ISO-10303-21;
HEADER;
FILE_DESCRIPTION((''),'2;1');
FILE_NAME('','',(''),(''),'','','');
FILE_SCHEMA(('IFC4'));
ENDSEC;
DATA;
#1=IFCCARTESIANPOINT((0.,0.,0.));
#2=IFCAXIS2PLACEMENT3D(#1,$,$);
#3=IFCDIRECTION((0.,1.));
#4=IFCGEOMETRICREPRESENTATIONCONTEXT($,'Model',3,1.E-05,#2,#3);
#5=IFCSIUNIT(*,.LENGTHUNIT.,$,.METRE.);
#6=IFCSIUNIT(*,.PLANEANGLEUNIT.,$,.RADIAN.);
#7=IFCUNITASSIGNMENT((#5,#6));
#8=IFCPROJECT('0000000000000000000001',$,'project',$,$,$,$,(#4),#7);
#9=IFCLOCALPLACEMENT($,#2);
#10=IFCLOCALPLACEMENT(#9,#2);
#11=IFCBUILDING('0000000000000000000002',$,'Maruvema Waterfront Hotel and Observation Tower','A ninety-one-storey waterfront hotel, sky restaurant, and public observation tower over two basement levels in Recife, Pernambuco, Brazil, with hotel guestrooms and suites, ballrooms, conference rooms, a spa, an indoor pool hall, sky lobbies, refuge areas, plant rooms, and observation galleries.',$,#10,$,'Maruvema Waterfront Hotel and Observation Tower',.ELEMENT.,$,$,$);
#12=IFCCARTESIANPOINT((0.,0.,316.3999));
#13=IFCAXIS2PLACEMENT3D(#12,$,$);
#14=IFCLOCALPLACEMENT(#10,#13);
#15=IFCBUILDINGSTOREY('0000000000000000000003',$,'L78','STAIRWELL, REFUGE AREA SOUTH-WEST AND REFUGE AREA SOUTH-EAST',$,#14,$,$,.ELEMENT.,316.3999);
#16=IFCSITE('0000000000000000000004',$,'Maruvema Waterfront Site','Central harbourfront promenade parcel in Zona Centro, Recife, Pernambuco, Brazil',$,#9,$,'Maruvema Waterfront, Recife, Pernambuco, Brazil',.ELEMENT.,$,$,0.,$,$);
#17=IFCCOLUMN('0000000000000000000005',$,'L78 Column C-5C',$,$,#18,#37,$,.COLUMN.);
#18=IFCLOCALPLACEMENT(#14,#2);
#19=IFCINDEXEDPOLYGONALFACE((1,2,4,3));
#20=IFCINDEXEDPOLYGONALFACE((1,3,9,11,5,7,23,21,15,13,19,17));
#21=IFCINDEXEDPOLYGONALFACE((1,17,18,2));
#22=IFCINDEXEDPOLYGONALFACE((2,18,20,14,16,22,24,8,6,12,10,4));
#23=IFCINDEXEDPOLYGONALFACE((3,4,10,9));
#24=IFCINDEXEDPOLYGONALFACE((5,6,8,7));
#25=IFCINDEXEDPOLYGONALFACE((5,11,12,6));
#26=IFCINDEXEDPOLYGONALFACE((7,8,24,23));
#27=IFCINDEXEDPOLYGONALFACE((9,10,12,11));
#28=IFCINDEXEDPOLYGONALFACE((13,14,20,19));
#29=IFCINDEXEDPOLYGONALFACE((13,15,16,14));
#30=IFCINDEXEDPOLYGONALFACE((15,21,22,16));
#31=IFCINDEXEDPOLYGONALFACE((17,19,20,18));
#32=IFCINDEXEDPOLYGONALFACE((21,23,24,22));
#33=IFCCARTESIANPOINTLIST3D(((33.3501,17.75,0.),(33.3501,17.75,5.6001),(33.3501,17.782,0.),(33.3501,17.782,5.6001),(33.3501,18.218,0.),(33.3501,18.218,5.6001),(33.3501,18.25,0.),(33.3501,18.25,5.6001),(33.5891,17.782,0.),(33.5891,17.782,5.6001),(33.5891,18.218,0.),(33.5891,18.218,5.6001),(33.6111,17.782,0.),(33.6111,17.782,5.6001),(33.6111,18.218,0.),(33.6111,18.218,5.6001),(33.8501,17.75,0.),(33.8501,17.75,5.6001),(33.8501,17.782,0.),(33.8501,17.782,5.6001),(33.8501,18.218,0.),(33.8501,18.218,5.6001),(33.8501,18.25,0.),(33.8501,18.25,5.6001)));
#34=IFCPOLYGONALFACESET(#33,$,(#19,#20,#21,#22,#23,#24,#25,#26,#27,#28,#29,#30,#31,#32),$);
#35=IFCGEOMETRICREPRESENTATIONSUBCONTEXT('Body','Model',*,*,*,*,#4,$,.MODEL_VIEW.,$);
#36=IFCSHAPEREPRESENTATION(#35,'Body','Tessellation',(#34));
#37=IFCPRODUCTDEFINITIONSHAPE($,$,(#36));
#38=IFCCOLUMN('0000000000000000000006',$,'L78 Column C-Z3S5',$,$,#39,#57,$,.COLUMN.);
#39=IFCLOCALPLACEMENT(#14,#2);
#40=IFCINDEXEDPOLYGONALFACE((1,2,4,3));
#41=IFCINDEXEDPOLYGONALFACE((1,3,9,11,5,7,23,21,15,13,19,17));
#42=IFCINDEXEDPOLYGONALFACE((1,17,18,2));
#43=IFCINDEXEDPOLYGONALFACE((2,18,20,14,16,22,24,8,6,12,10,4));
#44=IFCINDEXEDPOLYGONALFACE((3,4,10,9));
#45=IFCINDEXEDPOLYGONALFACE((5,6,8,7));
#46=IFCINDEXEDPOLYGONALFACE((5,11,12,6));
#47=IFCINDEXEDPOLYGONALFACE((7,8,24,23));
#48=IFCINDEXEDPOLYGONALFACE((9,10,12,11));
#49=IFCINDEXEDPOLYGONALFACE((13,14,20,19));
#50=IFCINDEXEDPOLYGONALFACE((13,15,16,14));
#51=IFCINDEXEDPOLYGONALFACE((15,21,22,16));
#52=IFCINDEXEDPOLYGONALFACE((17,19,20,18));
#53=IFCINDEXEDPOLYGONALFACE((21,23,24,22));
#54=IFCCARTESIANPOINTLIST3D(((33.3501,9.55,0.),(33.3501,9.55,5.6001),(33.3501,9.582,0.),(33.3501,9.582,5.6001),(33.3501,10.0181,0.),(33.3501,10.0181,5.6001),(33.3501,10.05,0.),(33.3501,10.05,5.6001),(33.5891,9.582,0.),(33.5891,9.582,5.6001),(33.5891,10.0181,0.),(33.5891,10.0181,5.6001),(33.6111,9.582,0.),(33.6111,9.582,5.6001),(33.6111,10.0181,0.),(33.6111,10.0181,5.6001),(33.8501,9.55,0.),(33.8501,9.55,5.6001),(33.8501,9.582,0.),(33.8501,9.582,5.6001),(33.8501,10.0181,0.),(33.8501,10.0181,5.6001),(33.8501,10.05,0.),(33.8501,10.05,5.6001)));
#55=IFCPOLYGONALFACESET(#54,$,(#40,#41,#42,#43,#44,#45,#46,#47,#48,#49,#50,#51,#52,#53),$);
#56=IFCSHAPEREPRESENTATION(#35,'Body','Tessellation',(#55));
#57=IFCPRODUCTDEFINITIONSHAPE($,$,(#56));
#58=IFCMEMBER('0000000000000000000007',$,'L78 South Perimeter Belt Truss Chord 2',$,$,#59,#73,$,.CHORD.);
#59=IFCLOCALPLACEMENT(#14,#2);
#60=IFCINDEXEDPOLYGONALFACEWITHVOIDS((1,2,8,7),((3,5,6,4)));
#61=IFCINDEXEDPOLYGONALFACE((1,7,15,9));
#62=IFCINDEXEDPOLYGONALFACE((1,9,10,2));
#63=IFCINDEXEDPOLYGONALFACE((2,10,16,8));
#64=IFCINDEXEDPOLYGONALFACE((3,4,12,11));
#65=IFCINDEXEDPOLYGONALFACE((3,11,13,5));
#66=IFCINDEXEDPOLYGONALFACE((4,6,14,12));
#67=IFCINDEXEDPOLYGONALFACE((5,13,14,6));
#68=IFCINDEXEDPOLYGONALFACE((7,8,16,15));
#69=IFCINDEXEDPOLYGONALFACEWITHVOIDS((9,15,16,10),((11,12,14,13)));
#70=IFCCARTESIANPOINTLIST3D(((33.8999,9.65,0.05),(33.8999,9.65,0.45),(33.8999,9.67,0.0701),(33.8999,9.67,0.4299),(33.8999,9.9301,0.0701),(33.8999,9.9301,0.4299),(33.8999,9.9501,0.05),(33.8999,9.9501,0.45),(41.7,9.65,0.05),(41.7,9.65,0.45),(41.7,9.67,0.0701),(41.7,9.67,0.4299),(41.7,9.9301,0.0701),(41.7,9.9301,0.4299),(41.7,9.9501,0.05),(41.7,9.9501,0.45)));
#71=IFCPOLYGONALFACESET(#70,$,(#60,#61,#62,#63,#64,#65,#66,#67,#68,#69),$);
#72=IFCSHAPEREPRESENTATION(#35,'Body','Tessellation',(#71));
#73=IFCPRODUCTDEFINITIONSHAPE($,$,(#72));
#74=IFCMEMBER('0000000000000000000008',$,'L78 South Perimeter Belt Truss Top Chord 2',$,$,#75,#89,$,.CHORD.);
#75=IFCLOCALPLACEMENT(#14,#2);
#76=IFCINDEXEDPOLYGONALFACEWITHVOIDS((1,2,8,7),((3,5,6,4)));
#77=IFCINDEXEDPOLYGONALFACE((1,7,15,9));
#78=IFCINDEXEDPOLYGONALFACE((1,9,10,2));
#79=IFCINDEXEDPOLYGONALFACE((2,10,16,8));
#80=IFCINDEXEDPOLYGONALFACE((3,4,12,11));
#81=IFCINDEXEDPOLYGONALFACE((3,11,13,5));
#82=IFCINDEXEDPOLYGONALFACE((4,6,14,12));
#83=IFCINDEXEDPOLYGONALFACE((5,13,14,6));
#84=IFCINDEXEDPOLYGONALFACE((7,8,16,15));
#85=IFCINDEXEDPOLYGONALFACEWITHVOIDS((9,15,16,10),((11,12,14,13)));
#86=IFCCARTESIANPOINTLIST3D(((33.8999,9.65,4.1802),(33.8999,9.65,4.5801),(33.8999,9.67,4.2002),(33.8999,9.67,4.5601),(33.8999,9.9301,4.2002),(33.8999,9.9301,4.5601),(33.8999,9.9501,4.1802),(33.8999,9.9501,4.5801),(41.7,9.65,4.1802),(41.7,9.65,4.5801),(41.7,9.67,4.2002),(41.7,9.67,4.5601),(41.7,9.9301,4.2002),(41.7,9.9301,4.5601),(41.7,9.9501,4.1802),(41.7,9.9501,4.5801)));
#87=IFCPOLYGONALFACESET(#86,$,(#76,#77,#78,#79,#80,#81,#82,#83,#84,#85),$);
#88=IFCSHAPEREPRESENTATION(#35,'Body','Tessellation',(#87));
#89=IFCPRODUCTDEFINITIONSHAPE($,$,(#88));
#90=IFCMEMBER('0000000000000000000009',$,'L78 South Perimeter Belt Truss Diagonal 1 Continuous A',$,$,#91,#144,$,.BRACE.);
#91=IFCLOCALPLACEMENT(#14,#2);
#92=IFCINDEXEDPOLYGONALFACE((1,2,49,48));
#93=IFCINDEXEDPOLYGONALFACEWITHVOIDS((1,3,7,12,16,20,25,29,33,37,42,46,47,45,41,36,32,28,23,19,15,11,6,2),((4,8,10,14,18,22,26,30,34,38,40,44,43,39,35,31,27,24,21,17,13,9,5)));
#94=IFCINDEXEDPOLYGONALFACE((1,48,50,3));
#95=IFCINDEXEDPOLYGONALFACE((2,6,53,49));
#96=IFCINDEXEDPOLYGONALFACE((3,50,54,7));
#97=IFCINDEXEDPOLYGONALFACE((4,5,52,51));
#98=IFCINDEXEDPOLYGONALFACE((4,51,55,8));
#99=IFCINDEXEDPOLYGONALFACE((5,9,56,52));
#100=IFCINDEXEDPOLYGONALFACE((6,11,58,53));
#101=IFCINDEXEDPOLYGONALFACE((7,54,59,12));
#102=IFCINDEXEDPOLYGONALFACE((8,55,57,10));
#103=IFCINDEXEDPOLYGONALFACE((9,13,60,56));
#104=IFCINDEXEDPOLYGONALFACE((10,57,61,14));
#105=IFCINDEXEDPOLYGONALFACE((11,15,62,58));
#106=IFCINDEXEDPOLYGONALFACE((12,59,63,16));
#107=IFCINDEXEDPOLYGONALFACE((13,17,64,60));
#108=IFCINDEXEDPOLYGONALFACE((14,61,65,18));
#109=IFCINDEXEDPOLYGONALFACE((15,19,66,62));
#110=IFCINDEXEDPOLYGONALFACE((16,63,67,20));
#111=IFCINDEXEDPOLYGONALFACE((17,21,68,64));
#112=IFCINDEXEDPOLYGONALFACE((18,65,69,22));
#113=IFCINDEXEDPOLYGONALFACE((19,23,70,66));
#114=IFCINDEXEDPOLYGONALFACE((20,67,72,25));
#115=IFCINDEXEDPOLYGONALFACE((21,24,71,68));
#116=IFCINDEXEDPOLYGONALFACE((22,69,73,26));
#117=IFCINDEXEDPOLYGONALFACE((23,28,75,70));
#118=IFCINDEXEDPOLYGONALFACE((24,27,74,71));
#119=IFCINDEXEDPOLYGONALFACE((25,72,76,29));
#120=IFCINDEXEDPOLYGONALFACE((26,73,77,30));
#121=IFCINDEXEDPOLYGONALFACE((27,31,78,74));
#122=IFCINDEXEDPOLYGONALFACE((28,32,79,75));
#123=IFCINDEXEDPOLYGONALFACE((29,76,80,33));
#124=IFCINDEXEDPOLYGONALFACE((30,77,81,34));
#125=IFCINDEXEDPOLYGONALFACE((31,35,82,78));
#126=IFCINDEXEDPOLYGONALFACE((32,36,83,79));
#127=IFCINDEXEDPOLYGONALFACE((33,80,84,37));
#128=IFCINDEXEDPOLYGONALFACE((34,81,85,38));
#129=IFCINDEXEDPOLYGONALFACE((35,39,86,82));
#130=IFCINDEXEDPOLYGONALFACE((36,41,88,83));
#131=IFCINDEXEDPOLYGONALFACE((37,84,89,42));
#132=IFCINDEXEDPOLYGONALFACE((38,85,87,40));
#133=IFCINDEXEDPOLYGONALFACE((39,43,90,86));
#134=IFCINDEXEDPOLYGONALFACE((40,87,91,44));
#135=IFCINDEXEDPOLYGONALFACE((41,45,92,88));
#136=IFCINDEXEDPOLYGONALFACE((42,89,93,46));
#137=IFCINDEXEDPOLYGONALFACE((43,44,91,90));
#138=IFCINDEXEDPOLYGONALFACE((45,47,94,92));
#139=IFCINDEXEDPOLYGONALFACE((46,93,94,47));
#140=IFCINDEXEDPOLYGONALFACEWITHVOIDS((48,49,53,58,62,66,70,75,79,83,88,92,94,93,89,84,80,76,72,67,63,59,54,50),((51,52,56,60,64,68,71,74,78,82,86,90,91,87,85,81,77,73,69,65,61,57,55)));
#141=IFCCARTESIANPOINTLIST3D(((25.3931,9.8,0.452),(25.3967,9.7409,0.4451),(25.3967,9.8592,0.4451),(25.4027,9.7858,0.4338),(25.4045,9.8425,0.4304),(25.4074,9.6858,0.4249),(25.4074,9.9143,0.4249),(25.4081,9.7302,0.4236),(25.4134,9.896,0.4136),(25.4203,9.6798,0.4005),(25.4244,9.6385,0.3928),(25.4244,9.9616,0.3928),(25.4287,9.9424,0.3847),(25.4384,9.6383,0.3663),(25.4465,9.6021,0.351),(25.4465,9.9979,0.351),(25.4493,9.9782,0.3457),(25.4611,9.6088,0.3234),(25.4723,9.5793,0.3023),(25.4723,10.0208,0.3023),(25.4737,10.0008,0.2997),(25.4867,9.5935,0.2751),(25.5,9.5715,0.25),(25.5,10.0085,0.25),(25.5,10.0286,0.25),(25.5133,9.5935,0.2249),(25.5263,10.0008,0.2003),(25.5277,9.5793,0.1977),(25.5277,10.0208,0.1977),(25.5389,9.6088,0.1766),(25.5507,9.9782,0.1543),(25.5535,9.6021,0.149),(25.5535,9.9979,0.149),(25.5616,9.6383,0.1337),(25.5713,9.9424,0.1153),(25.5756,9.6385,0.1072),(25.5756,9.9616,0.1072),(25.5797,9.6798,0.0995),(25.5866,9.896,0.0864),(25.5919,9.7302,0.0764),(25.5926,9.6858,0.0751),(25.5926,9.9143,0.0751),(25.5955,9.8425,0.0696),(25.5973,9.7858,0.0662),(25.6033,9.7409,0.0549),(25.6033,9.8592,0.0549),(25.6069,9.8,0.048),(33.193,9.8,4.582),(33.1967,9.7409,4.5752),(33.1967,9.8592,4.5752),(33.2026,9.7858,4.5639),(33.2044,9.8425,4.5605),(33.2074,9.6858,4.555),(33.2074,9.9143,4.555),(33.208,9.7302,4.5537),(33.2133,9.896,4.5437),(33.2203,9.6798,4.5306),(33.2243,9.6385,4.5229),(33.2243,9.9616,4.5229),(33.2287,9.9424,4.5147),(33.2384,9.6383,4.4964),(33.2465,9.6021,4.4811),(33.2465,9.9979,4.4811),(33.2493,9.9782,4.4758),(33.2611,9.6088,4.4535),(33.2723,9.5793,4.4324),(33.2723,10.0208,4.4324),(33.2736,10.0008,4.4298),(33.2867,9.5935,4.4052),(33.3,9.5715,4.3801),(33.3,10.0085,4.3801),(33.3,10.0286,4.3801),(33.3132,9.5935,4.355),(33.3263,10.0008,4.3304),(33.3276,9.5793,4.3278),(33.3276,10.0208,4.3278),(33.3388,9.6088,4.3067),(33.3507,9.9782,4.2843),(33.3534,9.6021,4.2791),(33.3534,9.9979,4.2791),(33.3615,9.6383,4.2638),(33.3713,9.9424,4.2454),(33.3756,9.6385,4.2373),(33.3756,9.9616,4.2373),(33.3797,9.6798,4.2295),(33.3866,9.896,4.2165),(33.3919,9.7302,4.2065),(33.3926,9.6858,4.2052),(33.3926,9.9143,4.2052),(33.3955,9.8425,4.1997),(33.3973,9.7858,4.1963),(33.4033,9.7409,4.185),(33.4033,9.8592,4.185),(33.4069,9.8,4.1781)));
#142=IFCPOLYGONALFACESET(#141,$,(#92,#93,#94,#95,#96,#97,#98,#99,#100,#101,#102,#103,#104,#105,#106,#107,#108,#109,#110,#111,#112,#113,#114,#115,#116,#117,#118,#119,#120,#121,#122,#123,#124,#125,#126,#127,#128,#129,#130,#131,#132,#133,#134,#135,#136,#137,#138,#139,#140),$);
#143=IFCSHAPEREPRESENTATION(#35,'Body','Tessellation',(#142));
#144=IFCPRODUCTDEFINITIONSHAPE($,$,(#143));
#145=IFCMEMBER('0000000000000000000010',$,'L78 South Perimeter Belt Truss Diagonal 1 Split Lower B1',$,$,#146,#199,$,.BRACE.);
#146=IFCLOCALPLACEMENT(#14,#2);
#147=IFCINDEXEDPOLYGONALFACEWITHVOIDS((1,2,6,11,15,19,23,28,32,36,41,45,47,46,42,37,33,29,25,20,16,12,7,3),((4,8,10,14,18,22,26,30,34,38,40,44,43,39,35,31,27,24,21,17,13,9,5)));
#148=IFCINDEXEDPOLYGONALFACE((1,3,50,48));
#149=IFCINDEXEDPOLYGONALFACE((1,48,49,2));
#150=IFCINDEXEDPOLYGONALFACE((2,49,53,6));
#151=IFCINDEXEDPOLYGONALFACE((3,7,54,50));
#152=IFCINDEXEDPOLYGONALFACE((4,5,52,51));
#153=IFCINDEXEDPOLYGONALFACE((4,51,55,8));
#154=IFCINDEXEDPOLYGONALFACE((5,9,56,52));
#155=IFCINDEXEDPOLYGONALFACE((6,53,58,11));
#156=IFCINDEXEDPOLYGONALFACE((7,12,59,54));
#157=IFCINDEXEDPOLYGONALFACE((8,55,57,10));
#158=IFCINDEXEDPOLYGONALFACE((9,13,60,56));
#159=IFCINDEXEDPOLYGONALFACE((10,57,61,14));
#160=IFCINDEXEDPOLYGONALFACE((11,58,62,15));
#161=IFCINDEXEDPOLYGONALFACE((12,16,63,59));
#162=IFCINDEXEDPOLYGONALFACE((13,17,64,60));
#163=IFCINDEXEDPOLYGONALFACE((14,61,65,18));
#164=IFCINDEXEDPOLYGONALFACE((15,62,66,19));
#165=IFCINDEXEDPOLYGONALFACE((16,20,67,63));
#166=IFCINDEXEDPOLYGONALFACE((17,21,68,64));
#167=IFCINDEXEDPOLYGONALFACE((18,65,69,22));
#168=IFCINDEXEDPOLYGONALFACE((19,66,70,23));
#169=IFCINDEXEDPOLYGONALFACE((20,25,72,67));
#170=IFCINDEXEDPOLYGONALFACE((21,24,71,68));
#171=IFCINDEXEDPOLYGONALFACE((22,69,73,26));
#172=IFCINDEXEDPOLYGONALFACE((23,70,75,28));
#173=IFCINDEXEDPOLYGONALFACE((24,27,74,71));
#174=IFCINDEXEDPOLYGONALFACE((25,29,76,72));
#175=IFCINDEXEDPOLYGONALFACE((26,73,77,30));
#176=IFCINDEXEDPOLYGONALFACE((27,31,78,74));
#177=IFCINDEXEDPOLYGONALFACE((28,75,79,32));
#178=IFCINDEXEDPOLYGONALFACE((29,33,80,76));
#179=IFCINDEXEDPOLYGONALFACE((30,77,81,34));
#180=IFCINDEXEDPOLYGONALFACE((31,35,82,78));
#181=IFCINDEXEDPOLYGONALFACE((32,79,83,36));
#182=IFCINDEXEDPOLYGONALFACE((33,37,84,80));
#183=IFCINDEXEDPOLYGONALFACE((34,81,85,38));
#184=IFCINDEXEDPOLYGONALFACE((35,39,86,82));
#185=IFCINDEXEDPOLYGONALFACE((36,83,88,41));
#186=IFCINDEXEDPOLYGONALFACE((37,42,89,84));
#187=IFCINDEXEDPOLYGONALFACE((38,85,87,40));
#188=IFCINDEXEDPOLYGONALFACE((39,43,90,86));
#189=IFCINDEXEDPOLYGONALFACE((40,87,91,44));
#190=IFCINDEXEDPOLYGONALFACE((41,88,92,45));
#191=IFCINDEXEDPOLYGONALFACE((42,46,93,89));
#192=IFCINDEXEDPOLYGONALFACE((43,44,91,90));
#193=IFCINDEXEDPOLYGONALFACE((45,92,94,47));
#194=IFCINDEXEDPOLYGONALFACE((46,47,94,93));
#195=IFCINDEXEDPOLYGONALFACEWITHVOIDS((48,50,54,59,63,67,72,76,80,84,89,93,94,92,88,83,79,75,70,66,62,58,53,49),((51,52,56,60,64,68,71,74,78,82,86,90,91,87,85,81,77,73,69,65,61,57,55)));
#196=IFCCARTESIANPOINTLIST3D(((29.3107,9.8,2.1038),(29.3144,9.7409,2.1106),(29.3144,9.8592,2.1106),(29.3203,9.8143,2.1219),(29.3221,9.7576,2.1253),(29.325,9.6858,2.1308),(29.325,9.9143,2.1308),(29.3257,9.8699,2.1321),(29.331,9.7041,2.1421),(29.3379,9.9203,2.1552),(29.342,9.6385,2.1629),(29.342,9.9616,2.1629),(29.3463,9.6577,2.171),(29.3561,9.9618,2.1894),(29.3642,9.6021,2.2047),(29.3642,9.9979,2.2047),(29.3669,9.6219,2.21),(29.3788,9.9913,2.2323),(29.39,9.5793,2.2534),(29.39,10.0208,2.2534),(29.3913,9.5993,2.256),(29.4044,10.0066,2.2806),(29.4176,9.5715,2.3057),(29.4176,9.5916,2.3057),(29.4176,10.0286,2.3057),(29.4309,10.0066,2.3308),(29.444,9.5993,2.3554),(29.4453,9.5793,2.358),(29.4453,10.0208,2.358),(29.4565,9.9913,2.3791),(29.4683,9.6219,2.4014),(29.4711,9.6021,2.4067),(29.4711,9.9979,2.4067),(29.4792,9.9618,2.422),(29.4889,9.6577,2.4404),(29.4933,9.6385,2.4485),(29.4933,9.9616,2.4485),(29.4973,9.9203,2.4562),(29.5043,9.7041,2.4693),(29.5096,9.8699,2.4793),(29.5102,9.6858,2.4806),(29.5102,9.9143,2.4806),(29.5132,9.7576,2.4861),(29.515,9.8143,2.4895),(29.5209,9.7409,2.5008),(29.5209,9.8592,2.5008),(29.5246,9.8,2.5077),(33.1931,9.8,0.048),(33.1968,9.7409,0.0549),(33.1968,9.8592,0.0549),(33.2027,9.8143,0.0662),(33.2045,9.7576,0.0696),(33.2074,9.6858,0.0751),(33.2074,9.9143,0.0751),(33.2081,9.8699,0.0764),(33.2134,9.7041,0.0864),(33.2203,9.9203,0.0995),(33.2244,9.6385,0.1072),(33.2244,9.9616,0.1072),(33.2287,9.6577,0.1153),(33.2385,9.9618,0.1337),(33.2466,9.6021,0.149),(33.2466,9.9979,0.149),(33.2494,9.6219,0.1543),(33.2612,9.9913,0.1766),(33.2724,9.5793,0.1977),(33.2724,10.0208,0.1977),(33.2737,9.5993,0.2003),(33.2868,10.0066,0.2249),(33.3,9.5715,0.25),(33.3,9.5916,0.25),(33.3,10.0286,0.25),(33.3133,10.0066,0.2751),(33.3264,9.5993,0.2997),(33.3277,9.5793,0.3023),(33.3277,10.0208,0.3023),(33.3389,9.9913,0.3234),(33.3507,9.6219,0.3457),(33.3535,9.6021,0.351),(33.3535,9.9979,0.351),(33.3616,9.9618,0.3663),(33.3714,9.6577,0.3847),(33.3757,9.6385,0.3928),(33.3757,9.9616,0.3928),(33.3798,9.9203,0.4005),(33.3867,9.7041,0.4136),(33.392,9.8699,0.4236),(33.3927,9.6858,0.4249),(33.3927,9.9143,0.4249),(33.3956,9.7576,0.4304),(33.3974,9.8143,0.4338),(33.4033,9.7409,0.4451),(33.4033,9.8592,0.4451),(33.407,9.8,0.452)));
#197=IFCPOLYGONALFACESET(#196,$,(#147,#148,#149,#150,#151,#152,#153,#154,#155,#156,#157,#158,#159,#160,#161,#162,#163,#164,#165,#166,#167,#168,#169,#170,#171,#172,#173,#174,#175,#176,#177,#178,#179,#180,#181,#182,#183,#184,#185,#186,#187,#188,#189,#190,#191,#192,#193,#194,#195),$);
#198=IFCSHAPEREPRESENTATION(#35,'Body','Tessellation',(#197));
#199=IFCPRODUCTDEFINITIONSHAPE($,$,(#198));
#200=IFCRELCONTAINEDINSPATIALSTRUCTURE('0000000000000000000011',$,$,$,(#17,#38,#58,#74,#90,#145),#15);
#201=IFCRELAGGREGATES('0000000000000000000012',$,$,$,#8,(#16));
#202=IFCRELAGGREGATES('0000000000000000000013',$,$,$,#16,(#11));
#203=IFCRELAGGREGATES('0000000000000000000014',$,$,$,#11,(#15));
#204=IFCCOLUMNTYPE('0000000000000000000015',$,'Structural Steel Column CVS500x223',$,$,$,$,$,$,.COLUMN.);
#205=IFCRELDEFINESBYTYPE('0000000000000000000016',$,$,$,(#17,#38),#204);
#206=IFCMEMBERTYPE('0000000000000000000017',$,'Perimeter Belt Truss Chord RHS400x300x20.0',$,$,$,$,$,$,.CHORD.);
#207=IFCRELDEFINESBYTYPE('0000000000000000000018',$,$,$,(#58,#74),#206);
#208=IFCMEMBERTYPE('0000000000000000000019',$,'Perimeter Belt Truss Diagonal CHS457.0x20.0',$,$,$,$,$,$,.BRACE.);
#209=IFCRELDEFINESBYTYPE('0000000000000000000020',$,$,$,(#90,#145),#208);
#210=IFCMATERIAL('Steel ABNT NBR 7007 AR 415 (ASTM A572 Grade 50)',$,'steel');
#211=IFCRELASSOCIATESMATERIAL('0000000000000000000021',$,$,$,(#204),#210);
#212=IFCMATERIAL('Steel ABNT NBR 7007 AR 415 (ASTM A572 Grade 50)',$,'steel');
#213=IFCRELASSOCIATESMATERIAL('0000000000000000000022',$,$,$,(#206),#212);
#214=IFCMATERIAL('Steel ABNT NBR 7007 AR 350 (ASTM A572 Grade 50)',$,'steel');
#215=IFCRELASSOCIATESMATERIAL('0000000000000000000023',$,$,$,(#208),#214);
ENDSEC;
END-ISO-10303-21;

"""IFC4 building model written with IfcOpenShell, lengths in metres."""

from ifc_helpers import new_model, si_unit, direction, frame, origin, origin_2d, place, context, subcontext, project, spatial, hollow_rectangle, hollow_circle, i_section, extrude, material, material_profile, profile_set, type_object, element, save


model = new_model("IFC4")

# Units and contexts
model_context = context("Model", 3, precision=1e-05, world=origin(), true_north=direction((0.0, 1.0)))
body_context = subcontext(model_context, "Body", "Model", "MODEL_VIEW")
ifc_project = project(units=[si_unit("LENGTHUNIT", "METRE"), si_unit("PLANEANGLEUNIT", "RADIAN")], contexts=[model_context])

# Site, building, storey
site_placement = place(None, origin())
site = spatial("IfcSite", under=ifc_project, at=site_placement, Name="Maruvema Waterfront Site", Description="Central harbourfront promenade parcel in Zona Centro, Recife, Pernambuco, Brazil", LongName="Maruvema Waterfront, Recife, Pernambuco, Brazil", CompositionType="ELEMENT", RefElevation=0.0)
building_placement = place(site_placement, origin())
building = spatial("IfcBuilding", under=site, at=building_placement, Name="Maruvema Waterfront Hotel and Observation Tower", Description="A ninety-one-storey waterfront hotel, sky restaurant, and public observation tower over two basement levels in Recife, Pernambuco, Brazil, with hotel guestrooms and suites, ballrooms, conference rooms, a spa, an indoor pool hall, sky lobbies, refuge areas, plant rooms, and observation galleries.", LongName="Maruvema Waterfront Hotel and Observation Tower", CompositionType="ELEMENT")
storey_placement = place(building_placement, frame((0.0, 0.0, 316.3999)))
storey = spatial("IfcBuildingStorey", under=building, at=storey_placement, Name="L78", Description="STAIRWELL, REFUGE AREA SOUTH-WEST AND REFUGE AREA SOUTH-EAST", CompositionType="ELEMENT", Elevation=316.3999)

# Columns
ifc_material_1 = material(Name="Steel ABNT NBR 7007 AR 415 (ASTM A572 Grade 50)", Category="steel")
ifc_material_profile_1 = material_profile(ifc_material_1, i_section(OverallWidth=0.5, OverallDepth=0.5, WebThickness=0.022, FlangeThickness=0.032, at=origin_2d()), Name="CVS500x223")
ifc_profile_set_1 = profile_set([ifc_material_profile_1], Name="Steel ABNT NBR 7007 AR 415 (ASTM A572 Grade 50)")
column_type = type_object("IfcColumnType", Name="Structural Steel Column CVS500x223", PredefinedType="COLUMN", material=ifc_profile_set_1)
for number, where, z_axis, x_axis, name in (
    (1, (33.6001, 18.0, 0.0), (0.0, 0.0, 1.0), (1.0, 0.0, 0.0), "L78 Column C-5C"),
    (2, (33.6001, 9.8, 0.0), (0.0, 0.0, 1.0), (1.0, 0.0, 0.0), "L78 Column C-Z3S5"),
):
    element("IfcColumn", number, at=place(storey_placement, frame(where, z_axis=z_axis, x_axis=x_axis)), inside=storey, type_object=column_type, Name=name, PredefinedType="COLUMN", context=body_context, shape_type="SweptSolid", body=[
        extrude(i_section(OverallWidth=0.5, OverallDepth=0.5, WebThickness=0.022, FlangeThickness=0.032, at=origin_2d()), origin(), (0.0, 0.0, 1.0), 5.6001),
    ])

# Members
ifc_material_2 = material(Name="Steel ABNT NBR 7007 AR 415 (ASTM A572 Grade 50)", Category="steel")
ifc_material_profile_2 = material_profile(ifc_material_2, hollow_rectangle(XDim=0.3, YDim=0.3999, WallThickness=0.02, at=origin_2d()), Name="RHS400x300x20.0")
ifc_profile_set_2 = profile_set([ifc_material_profile_2], Name="Steel ABNT NBR 7007 AR 415 (ASTM A572 Grade 50)")
member_type_1 = type_object("IfcMemberType", Name="Perimeter Belt Truss Chord RHS400x300x20.0", PredefinedType="CHORD", material=ifc_profile_set_2)
for number, where, z_axis, x_axis, name in (
    (3, (33.8999, 9.8, 0.25), (1.0, 0.0, 0.0), (0.0, 1.0, 0.0), "L78 South Perimeter Belt Truss Chord 2"),
    (4, (33.8999, 9.8, 4.3801), (1.0, 0.0, 0.0), (0.0, 1.0, 0.0), "L78 South Perimeter Belt Truss Top Chord 2"),
):
    element("IfcMember", number, at=place(storey_placement, frame(where, z_axis=z_axis, x_axis=x_axis)), inside=storey, type_object=member_type_1, Name=name, PredefinedType="CHORD", context=body_context, shape_type="SweptSolid", body=[
        extrude(hollow_rectangle(XDim=0.3, YDim=0.3999, WallThickness=0.02, at=origin_2d()), origin(), (0.0, 0.0, 1.0), 7.8),
    ])
ifc_material_3 = material(Name="Steel ABNT NBR 7007 AR 350 (ASTM A572 Grade 50)", Category="steel")
ifc_material_profile_3 = material_profile(ifc_material_3, hollow_circle(Radius=0.2285, WallThickness=0.02, at=origin_2d()), Name="CHS457.0x20.0")
ifc_profile_set_3 = profile_set([ifc_material_profile_3], Name="Steel ABNT NBR 7007 AR 350 (ASTM A572 Grade 50)")
member_type_2 = type_object("IfcMemberType", Name="Perimeter Belt Truss Diagonal CHS457.0x20.0", PredefinedType="BRACE", material=ifc_profile_set_3)
member_1_placement = place(storey_placement, frame((25.5, 9.8, 0.25), z_axis=(0.883756, 0.0, 0.467949), x_axis=(0.0, 1.0, 0.0)))
element("IfcMember", 5, at=member_1_placement, inside=storey, type_object=member_type_2, Name="L78 South Perimeter Belt Truss Diagonal 1 Continuous A", PredefinedType="BRACE", context=body_context, shape_type="SweptSolid", body=[
    extrude(hollow_circle(Radius=0.2285, WallThickness=0.02, at=origin_2d()), origin(), (0.0, 0.0, 1.0), 8.8259),
])
for number, where, z_axis, x_axis, name in (
    (6, (33.3, 9.8, 0.25), (-0.883758, 0.0, 0.467944), (0.0, -1.0, 0.0), "L78 South Perimeter Belt Truss Diagonal 1 Split Lower B1"),
):
    element("IfcMember", number, at=place(storey_placement, frame(where, z_axis=z_axis, x_axis=x_axis)), inside=storey, type_object=member_type_2, Name=name, PredefinedType="BRACE", context=body_context, shape_type="SweptSolid", body=[
        extrude(hollow_circle(Radius=0.2285, WallThickness=0.02, at=origin_2d()), origin(), (0.0, 0.0, 1.0), 4.3931),
    ])

save(model, "model.ifc")
